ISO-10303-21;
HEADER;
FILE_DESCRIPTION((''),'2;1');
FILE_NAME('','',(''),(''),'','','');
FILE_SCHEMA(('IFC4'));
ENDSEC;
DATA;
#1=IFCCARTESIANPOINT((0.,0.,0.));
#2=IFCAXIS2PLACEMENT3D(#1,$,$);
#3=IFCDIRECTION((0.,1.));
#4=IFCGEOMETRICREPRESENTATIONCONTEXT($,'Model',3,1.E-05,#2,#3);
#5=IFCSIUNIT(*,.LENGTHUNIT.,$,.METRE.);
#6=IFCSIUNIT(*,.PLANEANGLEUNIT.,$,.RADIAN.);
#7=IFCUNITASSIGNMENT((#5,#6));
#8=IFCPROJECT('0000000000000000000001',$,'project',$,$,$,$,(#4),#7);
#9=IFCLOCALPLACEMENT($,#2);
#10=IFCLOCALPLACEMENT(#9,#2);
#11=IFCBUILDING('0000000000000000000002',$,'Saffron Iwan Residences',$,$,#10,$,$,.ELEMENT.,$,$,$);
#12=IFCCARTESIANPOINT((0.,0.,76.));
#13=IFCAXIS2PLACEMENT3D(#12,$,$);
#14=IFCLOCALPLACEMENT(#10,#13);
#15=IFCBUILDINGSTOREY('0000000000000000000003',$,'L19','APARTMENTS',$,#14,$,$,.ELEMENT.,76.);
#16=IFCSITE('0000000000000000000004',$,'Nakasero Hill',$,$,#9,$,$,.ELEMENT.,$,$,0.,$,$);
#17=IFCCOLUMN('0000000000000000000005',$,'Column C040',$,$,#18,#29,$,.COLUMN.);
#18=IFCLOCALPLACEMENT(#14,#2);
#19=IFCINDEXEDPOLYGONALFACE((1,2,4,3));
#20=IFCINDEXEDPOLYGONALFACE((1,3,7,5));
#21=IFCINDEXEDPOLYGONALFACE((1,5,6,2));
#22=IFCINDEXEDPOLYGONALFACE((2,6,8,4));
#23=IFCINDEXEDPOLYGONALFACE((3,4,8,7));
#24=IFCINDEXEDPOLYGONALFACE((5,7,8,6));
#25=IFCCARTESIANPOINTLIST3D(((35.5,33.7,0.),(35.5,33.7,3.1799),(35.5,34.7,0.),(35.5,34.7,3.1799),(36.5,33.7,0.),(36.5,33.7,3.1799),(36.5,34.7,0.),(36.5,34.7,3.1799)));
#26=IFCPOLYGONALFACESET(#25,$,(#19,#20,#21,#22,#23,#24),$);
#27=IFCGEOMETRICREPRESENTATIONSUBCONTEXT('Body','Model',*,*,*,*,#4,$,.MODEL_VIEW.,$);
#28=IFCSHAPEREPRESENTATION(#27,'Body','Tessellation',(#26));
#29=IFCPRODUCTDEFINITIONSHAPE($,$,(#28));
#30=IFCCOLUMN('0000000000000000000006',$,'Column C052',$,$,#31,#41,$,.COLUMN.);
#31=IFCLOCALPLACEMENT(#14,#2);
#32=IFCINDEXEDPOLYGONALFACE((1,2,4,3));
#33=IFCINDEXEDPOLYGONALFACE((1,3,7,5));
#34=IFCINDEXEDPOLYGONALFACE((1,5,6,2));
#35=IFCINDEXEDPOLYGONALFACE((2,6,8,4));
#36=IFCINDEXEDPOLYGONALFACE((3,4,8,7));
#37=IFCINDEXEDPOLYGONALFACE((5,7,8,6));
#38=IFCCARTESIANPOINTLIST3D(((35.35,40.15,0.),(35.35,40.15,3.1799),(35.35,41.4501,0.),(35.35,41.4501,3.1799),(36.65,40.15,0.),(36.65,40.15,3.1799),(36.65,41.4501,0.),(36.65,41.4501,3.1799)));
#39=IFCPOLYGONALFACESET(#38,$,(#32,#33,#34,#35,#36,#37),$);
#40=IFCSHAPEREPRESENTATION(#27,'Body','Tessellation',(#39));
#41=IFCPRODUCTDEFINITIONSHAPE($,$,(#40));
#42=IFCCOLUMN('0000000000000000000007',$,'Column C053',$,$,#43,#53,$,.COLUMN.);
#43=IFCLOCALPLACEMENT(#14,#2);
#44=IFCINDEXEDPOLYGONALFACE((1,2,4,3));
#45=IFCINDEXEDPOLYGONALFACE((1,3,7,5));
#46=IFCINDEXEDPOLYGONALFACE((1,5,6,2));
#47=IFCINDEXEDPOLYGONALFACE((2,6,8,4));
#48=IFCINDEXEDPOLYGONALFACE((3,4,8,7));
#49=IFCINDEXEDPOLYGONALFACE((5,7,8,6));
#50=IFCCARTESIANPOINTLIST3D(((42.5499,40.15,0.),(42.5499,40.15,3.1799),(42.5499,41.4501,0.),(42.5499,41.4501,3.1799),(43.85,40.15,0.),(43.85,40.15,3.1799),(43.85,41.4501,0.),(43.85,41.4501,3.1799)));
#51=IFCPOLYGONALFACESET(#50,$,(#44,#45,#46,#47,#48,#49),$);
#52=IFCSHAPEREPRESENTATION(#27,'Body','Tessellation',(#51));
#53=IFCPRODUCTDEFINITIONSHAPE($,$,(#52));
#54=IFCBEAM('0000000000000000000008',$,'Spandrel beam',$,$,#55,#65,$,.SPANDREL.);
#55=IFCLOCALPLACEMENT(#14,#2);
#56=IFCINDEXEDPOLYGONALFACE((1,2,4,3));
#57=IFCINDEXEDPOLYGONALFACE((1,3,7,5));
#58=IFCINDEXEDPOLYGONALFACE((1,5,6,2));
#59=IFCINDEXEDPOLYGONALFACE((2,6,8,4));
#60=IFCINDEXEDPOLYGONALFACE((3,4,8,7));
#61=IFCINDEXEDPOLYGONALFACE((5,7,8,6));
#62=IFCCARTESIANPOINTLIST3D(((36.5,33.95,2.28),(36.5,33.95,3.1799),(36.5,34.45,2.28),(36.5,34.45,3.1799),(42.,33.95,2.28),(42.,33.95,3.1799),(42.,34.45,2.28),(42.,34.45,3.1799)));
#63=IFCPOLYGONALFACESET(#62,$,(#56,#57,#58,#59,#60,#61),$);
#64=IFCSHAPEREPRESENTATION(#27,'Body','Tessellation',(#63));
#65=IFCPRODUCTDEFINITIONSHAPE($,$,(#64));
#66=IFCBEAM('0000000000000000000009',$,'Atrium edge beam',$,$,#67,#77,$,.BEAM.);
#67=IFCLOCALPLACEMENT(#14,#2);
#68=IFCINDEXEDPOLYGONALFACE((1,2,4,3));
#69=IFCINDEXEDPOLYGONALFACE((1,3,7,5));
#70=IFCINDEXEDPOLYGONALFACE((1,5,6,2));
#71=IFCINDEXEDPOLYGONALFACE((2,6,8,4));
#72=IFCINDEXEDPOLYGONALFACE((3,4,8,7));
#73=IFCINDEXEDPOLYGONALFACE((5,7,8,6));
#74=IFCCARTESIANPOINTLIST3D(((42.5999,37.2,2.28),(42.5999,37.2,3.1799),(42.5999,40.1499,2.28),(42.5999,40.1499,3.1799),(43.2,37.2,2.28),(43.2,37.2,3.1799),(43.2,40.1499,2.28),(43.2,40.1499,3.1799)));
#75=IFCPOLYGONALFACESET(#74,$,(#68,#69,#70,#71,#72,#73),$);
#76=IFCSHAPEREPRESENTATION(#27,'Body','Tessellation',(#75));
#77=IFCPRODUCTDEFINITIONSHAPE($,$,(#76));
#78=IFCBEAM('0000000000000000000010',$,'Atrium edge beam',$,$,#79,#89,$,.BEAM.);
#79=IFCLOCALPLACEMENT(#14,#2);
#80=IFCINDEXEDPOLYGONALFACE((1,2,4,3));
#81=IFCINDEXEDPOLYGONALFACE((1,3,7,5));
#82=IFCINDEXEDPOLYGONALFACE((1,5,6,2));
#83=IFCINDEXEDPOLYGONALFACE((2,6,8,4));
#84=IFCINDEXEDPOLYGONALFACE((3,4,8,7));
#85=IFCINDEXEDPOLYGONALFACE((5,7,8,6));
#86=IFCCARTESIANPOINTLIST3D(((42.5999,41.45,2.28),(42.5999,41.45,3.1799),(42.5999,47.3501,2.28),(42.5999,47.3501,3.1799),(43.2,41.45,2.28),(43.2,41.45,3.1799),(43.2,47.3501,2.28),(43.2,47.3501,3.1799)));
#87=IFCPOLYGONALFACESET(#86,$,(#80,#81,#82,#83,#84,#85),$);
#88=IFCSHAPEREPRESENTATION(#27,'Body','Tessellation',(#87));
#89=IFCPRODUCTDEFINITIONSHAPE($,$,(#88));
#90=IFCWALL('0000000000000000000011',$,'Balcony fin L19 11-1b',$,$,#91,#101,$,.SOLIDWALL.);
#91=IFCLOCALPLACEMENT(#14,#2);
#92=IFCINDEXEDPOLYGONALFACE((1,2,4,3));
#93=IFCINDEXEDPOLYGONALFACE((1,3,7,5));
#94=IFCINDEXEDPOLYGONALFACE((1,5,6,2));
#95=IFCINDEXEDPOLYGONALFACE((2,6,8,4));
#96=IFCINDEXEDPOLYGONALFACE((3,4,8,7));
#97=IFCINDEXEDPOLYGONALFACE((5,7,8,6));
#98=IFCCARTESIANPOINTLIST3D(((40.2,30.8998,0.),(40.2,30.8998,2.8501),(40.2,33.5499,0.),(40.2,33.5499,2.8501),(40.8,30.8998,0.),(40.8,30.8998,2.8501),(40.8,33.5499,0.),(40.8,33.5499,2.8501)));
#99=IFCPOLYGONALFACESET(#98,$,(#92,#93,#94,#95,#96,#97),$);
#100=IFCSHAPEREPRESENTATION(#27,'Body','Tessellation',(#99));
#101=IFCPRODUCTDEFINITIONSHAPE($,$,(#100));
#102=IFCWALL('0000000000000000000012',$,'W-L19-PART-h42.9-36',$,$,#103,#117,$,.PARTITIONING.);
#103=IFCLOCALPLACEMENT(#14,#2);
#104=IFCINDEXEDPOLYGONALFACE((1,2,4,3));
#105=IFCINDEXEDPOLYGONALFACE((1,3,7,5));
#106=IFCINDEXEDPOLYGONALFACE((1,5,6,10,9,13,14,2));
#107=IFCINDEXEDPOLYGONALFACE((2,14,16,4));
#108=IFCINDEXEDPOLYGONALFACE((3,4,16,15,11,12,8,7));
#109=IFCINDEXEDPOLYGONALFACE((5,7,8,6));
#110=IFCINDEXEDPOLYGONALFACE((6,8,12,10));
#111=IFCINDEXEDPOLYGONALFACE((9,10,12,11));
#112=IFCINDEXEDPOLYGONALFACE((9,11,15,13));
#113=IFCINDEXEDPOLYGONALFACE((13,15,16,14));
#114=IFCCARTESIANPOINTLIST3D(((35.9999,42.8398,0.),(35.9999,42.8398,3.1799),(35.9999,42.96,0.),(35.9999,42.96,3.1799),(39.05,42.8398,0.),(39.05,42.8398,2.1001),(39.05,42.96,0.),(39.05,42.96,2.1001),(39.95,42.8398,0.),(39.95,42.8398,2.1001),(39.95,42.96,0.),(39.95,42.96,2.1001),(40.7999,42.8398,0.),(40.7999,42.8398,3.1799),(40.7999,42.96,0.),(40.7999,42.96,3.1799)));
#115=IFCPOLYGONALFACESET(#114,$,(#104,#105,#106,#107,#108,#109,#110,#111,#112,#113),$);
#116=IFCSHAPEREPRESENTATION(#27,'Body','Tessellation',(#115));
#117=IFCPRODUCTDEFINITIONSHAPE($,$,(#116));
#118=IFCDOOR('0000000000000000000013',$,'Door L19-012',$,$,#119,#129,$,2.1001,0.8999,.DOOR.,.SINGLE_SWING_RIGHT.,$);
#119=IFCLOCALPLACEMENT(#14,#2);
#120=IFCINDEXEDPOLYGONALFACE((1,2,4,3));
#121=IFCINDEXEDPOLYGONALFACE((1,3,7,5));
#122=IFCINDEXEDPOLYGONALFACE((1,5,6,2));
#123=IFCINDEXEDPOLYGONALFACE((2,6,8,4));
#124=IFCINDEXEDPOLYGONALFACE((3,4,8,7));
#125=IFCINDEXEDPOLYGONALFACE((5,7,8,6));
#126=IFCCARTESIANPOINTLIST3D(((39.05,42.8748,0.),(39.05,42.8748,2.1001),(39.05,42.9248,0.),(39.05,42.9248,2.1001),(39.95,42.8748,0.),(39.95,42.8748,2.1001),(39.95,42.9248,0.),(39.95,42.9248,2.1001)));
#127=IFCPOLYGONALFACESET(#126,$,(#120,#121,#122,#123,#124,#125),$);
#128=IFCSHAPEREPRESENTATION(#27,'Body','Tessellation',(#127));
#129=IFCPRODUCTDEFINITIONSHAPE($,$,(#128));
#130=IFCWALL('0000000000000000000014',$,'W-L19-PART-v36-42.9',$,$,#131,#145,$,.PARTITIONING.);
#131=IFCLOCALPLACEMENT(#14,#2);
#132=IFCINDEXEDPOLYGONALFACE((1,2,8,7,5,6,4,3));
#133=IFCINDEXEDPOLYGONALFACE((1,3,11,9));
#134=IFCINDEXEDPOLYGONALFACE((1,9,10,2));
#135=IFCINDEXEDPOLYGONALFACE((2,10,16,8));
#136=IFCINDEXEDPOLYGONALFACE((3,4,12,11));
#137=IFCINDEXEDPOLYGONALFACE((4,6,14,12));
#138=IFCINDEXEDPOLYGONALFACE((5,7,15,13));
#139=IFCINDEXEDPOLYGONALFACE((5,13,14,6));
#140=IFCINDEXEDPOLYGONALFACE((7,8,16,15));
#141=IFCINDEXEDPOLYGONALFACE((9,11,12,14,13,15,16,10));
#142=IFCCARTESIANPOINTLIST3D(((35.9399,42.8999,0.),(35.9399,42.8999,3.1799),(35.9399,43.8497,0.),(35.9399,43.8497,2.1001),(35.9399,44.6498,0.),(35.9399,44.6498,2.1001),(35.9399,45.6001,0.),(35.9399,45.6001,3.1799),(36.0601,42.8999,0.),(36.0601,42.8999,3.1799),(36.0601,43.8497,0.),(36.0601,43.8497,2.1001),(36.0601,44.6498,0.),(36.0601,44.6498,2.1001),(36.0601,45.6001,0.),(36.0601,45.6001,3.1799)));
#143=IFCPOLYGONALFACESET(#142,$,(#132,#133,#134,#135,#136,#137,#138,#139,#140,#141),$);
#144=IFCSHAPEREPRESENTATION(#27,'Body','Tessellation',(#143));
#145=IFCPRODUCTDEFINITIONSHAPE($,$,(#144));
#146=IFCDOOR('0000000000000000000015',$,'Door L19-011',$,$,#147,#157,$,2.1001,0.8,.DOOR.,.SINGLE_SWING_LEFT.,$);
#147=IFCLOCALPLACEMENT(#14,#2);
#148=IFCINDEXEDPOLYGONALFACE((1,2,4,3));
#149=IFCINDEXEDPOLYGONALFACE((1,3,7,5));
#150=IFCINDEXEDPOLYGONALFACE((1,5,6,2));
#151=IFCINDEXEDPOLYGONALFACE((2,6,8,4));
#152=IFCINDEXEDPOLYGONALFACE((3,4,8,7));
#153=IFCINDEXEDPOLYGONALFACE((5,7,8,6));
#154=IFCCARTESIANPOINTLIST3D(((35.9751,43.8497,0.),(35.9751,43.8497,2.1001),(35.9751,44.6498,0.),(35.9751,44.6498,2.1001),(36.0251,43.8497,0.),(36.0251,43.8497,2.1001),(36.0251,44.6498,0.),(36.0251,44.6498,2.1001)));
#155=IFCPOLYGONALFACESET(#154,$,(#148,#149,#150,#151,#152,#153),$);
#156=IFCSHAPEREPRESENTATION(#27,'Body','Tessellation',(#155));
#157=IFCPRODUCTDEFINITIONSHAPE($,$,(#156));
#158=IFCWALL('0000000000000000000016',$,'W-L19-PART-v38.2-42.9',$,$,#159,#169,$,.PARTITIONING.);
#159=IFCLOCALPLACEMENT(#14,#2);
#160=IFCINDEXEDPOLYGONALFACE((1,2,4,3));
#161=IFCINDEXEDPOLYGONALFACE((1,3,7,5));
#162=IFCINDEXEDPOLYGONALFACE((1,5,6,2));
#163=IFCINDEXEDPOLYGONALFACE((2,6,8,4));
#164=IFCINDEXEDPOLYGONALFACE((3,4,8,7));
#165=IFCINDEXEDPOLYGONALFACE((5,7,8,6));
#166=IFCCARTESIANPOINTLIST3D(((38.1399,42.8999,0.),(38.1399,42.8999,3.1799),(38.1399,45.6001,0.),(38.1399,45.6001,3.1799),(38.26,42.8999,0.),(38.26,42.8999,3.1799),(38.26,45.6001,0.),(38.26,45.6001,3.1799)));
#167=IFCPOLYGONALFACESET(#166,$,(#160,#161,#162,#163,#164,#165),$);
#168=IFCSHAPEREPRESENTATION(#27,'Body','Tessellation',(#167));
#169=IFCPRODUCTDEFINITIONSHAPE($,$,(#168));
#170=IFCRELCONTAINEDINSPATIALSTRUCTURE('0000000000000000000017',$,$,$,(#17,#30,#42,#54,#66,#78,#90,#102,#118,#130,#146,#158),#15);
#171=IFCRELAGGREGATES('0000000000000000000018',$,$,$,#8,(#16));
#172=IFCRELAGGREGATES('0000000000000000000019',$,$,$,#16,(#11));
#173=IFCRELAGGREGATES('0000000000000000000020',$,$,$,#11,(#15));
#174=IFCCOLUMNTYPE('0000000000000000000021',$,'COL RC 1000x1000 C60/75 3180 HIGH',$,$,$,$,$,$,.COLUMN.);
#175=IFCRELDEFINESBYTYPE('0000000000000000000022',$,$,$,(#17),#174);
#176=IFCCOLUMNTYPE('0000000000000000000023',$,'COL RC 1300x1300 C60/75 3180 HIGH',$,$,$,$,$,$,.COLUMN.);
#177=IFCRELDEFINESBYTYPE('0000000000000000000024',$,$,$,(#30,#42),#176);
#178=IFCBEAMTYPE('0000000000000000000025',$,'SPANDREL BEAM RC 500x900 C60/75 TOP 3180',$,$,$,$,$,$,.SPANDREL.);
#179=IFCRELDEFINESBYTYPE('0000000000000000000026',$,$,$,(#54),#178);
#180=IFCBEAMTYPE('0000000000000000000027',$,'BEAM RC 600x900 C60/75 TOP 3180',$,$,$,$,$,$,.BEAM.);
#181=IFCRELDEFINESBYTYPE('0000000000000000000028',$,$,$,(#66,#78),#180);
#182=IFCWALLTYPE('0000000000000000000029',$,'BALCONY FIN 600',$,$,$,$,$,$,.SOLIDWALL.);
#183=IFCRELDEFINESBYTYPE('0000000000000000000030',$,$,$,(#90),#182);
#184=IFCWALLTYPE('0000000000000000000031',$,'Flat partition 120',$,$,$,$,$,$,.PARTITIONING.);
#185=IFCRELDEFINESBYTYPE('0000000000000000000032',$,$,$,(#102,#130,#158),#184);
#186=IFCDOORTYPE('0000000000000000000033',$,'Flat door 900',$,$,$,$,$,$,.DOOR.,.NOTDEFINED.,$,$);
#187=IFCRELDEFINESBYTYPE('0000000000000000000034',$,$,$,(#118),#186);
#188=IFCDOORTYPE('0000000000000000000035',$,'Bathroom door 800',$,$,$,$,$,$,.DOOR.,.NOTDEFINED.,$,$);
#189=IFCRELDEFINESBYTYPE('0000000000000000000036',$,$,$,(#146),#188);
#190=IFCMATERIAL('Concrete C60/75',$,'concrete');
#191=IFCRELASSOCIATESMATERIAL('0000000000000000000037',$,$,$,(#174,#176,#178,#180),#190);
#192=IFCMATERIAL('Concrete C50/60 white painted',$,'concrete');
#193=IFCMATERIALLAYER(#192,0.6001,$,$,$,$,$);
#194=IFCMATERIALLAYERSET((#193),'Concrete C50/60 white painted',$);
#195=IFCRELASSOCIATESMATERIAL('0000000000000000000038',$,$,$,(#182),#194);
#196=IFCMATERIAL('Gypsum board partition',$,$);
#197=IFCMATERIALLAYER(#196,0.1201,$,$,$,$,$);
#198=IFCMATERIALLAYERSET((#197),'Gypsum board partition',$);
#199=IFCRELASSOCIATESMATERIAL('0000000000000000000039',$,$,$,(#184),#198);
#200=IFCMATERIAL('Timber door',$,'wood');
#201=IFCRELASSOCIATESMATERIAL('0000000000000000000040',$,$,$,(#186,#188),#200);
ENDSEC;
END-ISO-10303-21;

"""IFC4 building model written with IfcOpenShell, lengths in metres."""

from ifc_helpers import new_model, si_unit, direction, frame, frame_2d, origin, origin_2d, place, context, subcontext, project, spatial, rectangle, extrude, source, transform, mapped, material, layer, layer_set, material_profile, profile_set, type_object, element, fill, save


model = new_model("IFC4")

# Units and contexts
model_context = context("Model", 3, precision=1e-05, world=origin(), true_north=direction((0.0, 1.0)))
body_context = subcontext(model_context, "Body", "Model", "MODEL_VIEW")
ifc_project = project(units=[si_unit("LENGTHUNIT", "METRE"), si_unit("PLANEANGLEUNIT", "RADIAN")], contexts=[model_context])

# Site, building, storey
site_placement = place(None, origin())
site = spatial("IfcSite", under=ifc_project, at=site_placement, Name="Nakasero Hill", CompositionType="ELEMENT", RefElevation=0.0)
building_placement = place(site_placement, origin())
building = spatial("IfcBuilding", under=site, at=building_placement, Name="Saffron Iwan Residences", CompositionType="ELEMENT")
storey_placement = place(building_placement, frame((0.0, 0.0, 76.0)))
storey = spatial("IfcBuildingStorey", under=building, at=storey_placement, Name="L19", Description="APARTMENTS", CompositionType="ELEMENT", Elevation=76.0)

# Columns
ifc_material_1 = material(Name="Concrete C60/75", Category="concrete")
ifc_material_profile_1 = material_profile(ifc_material_1, rectangle(XDim=1.0, YDim=1.0, at=origin_2d()), Name="RC 1000x1000")
ifc_profile_set_1 = profile_set([ifc_material_profile_1], Name="Concrete C60/75")
column_type_1 = type_object("IfcColumnType", Name="COL RC 1000x1000 C60/75 3180 HIGH", PredefinedType="COLUMN", material=ifc_profile_set_1)
shared_shape_1 = source(origin(), body_context, "Body", "SweptSolid", [
    extrude(rectangle(XDim=1.0, YDim=1.0, at=origin_2d()), origin(), (0.0, 0.0, 1.0), 3.1799),
])
column_placement = place(storey_placement, frame((36.0, 34.2, 0.0), z_axis=(0.0, 0.0, 1.0), x_axis=(1.0, 0.0, 0.0)))
element("IfcColumn", 1, at=column_placement, inside=storey, type_object=column_type_1, Name="Column C040", PredefinedType="COLUMN", context=body_context, shape_type="MappedRepresentation", body=[
    mapped(shared_shape_1, transform((0.0, 0.0, 0.0))),
])
ifc_material_profile_2 = material_profile(ifc_material_1, rectangle(XDim=1.3, YDim=1.3, at=origin_2d()), Name="RC 1300x1300")
ifc_profile_set_2 = profile_set([ifc_material_profile_2], Name="Concrete C60/75")
column_type_2 = type_object("IfcColumnType", Name="COL RC 1300x1300 C60/75 3180 HIGH", PredefinedType="COLUMN", material=ifc_profile_set_2)
shared_shape_2 = source(origin(), body_context, "Body", "SweptSolid", [
    extrude(rectangle(XDim=1.3, YDim=1.3, at=origin_2d()), origin(), (0.0, 0.0, 1.0), 3.1799),
])
for number, where, z_axis, x_axis, name in (
    (2, (36.0, 40.8, 0.0), (0.0, 0.0, 1.0), (1.0, 0.0, 0.0), "Column C052"),
    (3, (43.2, 40.8, 0.0), (0.0, 0.0, 1.0), (1.0, 0.0, 0.0), "Column C053"),
):
    element("IfcColumn", number, at=place(storey_placement, frame(where, z_axis=z_axis, x_axis=x_axis)), inside=storey, type_object=column_type_2, Name=name, PredefinedType="COLUMN", context=body_context, shape_type="MappedRepresentation", body=[
        mapped(shared_shape_2, transform((0.0, 0.0, 0.0))),
    ])

# Beams
ifc_material_profile_3 = material_profile(ifc_material_1, rectangle(XDim=0.5, YDim=0.8999, at=origin_2d()), Name="RC 500x900")
ifc_profile_set_3 = profile_set([ifc_material_profile_3], Name="Concrete C60/75")
beam_type_1 = type_object("IfcBeamType", Name="SPANDREL BEAM RC 500x900 C60/75 TOP 3180", PredefinedType="SPANDREL", material=ifc_profile_set_3)
shared_shape_3 = source(origin(), body_context, "Body", "SweptSolid", [
    extrude(rectangle(XDim=0.5, YDim=0.8999, at=origin_2d()), origin(), (0.0, 0.0, 1.0), 5.5),
])
beam_1_placement = place(storey_placement, frame((42.0, 34.2, 2.73), z_axis=(-1.0, 0.0, 0.0), x_axis=(0.0, -1.0, 0.0)))
element("IfcBeam", 4, at=beam_1_placement, inside=storey, type_object=beam_type_1, Name="Spandrel beam", PredefinedType="SPANDREL", context=body_context, shape_type="MappedRepresentation", body=[
    mapped(shared_shape_3, transform((0.0, 0.0, 0.0))),
])
ifc_material_profile_4 = material_profile(ifc_material_1, rectangle(XDim=0.6001, YDim=0.8999, at=origin_2d()), Name="RC 600x900")
ifc_profile_set_4 = profile_set([ifc_material_profile_4], Name="Concrete C60/75")
beam_type_2 = type_object("IfcBeamType", Name="BEAM RC 600x900 C60/75 TOP 3180", PredefinedType="BEAM", material=ifc_profile_set_4)
shared_shape_4 = source(origin(), body_context, "Body", "SweptSolid", [
    extrude(rectangle(XDim=0.6001, YDim=0.8999, at=origin_2d()), origin(), (0.0, 0.0, 1.0), 2.95),
])
beam_2_placement = place(storey_placement, frame((42.8999, 37.2, 2.73), z_axis=(0.0, 1.0, 0.0), x_axis=(-1.0, 0.0, 0.0)))
element("IfcBeam", 5, at=beam_2_placement, inside=storey, type_object=beam_type_2, Name="Atrium edge beam", PredefinedType="BEAM", context=body_context, shape_type="MappedRepresentation", body=[
    mapped(shared_shape_4, transform((0.0, 0.0, 0.0))),
])
shared_shape_5 = source(origin(), body_context, "Body", "SweptSolid", [
    extrude(rectangle(XDim=0.6001, YDim=0.8999, at=origin_2d()), origin(), (0.0, 0.0, 1.0), 5.9001),
])
beam_3_placement = place(storey_placement, frame((42.8999, 41.45, 2.73), z_axis=(0.0, 1.0, 0.0), x_axis=(-1.0, 0.0, 0.0)))
element("IfcBeam", 6, at=beam_3_placement, inside=storey, type_object=beam_type_2, Name="Atrium edge beam", PredefinedType="BEAM", context=body_context, shape_type="MappedRepresentation", body=[
    mapped(shared_shape_5, transform((0.0, 0.0, 0.0))),
])

# Wall
ifc_material_2 = material(Name="Concrete C50/60 white painted", Category="concrete")
ifc_layer_1 = layer(ifc_material_2, 0.6001)
ifc_layer_set_1 = layer_set([ifc_layer_1], Name="Concrete C50/60 white painted")
wall_type_1 = type_object("IfcWallType", Name="BALCONY FIN 600", PredefinedType="SOLIDWALL", material=ifc_layer_set_1)
wall_1_placement = place(storey_placement, frame((40.5, 33.55, 0.0), z_axis=(0.0, 0.0, 1.0), x_axis=(0.0, -1.0, 0.0)))
element("IfcWall", 7, at=wall_1_placement, inside=storey, type_object=wall_type_1, Name="Balcony fin L19 11-1b", PredefinedType="SOLIDWALL", context=body_context, shape_type="SweptSolid", body=[
    extrude(rectangle(XDim=2.6501, YDim=0.6001, at=frame_2d((1.3252, 0.0))), origin(), (0.0, 0.0, 1.0), 2.8501),
])

# Walls, openings, doors
ifc_material_3 = material(Name="Gypsum board partition")
ifc_layer_2 = layer(ifc_material_3, 0.1201)
ifc_layer_set_2 = layer_set([ifc_layer_2], Name="Gypsum board partition")
wall_type_2 = type_object("IfcWallType", Name="Flat partition 120", PredefinedType="PARTITIONING", material=ifc_layer_set_2)
wall_2_placement = place(storey_placement, frame((36.0, 42.8999, 0.0), z_axis=(0.0, 0.0, 1.0), x_axis=(1.0, 0.0, 0.0)))
wall_2 = element("IfcWall", 8, at=wall_2_placement, inside=storey, type_object=wall_type_2, Name="W-L19-PART-h42.9-36", PredefinedType="PARTITIONING", context=body_context, shape_type="SweptSolid", body=[
    extrude(rectangle(XDim=4.8, YDim=0.1201, at=frame_2d((2.3999, 0.0))), origin(), (0.0, 0.0, 1.0), 3.1799),
])
opening_1_placement = place(wall_2_placement, frame((3.05, 0.0, 0.0)))
opening_1 = element("IfcOpeningElement", 9, at=opening_1_placement, cuts=wall_2, PredefinedType="OPENING", context=body_context, shape_type="SweptSolid", body=[
    extrude(rectangle(XDim=0.8999, YDim=2.1001, at=frame_2d((0.45, 1.05))), frame((0.0, 0.0701, 0.0), z_axis=(0.0, -1.0, 0.0), x_axis=(1.0, 0.0, 0.0)), (0.0, 0.0, 1.0), 0.1401),
])
ifc_material_4 = material(Name="Timber door", Category="wood")
door_type_1 = type_object("IfcDoorType", Name="Flat door 900", OperationType="NOTDEFINED", PredefinedType="DOOR", material=ifc_material_4)
door_1_placement = place(opening_1_placement, origin())
door_1 = element("IfcDoor", 10, at=door_1_placement, inside=storey, type_object=door_type_1, Name="Door L19-012", OperationType="SINGLE_SWING_RIGHT", OverallHeight=2.1001, OverallWidth=0.8999, PredefinedType="DOOR", context=body_context, shape_type="SweptSolid", body=[
    extrude(rectangle(XDim=0.8999, YDim=2.1001, at=frame_2d((0.45, 1.05))), frame((0.0, 0.0249, 0.0), z_axis=(0.0, -1.0, 0.0), x_axis=(1.0, 0.0, 0.0)), (0.0, 0.0, 1.0), 0.05),
])
fill(opening_1, door_1)
wall_3_placement = place(storey_placement, frame((36.0, 42.8999, 0.0), z_axis=(0.0, 0.0, 1.0), x_axis=(0.0, 1.0, 0.0)))
wall_3 = element("IfcWall", 11, at=wall_3_placement, inside=storey, type_object=wall_type_2, Name="W-L19-PART-v36-42.9", PredefinedType="PARTITIONING", context=body_context, shape_type="SweptSolid", body=[
    extrude(rectangle(XDim=2.7002, YDim=0.1201, at=frame_2d((1.3501, 0.0))), origin(), (0.0, 0.0, 1.0), 3.1799),
])
opening_2_placement = place(wall_3_placement, frame((0.95, 0.0, 0.0)))
opening_2 = element("IfcOpeningElement", 12, at=opening_2_placement, cuts=wall_3, PredefinedType="OPENING", context=body_context, shape_type="SweptSolid", body=[
    extrude(rectangle(XDim=0.8, YDim=2.1001, at=frame_2d((0.3999, 1.05))), frame((0.0, 0.0701, 0.0), z_axis=(0.0, -1.0, 0.0), x_axis=(1.0, 0.0, 0.0)), (0.0, 0.0, 1.0), 0.1401),
])
door_type_2 = type_object("IfcDoorType", Name="Bathroom door 800", OperationType="NOTDEFINED", PredefinedType="DOOR", material=ifc_material_4)
door_2_placement = place(opening_2_placement, origin())
door_2 = element("IfcDoor", 13, at=door_2_placement, inside=storey, type_object=door_type_2, Name="Door L19-011", OperationType="SINGLE_SWING_LEFT", OverallHeight=2.1001, OverallWidth=0.8, PredefinedType="DOOR", context=body_context, shape_type="SweptSolid", body=[
    extrude(rectangle(XDim=0.8, YDim=2.1001, at=frame_2d((0.3999, 1.05))), frame((0.0, 0.0249, 0.0), z_axis=(0.0, -1.0, 0.0), x_axis=(1.0, 0.0, 0.0)), (0.0, 0.0, 1.0), 0.05),
])
fill(opening_2, door_2)

# Wall
wall_4_placement = place(storey_placement, frame((38.2, 42.8999, 0.0), z_axis=(0.0, 0.0, 1.0), x_axis=(0.0, 1.0, 0.0)))
element("IfcWall", 14, at=wall_4_placement, inside=storey, type_object=wall_type_2, Name="W-L19-PART-v38.2-42.9", PredefinedType="PARTITIONING", context=body_context, shape_type="SweptSolid", body=[
    extrude(rectangle(XDim=2.7002, YDim=0.1201, at=frame_2d((1.3501, 0.0))), origin(), (0.0, 0.0, 1.0), 3.1799),
])

save(model, "model.ifc")
